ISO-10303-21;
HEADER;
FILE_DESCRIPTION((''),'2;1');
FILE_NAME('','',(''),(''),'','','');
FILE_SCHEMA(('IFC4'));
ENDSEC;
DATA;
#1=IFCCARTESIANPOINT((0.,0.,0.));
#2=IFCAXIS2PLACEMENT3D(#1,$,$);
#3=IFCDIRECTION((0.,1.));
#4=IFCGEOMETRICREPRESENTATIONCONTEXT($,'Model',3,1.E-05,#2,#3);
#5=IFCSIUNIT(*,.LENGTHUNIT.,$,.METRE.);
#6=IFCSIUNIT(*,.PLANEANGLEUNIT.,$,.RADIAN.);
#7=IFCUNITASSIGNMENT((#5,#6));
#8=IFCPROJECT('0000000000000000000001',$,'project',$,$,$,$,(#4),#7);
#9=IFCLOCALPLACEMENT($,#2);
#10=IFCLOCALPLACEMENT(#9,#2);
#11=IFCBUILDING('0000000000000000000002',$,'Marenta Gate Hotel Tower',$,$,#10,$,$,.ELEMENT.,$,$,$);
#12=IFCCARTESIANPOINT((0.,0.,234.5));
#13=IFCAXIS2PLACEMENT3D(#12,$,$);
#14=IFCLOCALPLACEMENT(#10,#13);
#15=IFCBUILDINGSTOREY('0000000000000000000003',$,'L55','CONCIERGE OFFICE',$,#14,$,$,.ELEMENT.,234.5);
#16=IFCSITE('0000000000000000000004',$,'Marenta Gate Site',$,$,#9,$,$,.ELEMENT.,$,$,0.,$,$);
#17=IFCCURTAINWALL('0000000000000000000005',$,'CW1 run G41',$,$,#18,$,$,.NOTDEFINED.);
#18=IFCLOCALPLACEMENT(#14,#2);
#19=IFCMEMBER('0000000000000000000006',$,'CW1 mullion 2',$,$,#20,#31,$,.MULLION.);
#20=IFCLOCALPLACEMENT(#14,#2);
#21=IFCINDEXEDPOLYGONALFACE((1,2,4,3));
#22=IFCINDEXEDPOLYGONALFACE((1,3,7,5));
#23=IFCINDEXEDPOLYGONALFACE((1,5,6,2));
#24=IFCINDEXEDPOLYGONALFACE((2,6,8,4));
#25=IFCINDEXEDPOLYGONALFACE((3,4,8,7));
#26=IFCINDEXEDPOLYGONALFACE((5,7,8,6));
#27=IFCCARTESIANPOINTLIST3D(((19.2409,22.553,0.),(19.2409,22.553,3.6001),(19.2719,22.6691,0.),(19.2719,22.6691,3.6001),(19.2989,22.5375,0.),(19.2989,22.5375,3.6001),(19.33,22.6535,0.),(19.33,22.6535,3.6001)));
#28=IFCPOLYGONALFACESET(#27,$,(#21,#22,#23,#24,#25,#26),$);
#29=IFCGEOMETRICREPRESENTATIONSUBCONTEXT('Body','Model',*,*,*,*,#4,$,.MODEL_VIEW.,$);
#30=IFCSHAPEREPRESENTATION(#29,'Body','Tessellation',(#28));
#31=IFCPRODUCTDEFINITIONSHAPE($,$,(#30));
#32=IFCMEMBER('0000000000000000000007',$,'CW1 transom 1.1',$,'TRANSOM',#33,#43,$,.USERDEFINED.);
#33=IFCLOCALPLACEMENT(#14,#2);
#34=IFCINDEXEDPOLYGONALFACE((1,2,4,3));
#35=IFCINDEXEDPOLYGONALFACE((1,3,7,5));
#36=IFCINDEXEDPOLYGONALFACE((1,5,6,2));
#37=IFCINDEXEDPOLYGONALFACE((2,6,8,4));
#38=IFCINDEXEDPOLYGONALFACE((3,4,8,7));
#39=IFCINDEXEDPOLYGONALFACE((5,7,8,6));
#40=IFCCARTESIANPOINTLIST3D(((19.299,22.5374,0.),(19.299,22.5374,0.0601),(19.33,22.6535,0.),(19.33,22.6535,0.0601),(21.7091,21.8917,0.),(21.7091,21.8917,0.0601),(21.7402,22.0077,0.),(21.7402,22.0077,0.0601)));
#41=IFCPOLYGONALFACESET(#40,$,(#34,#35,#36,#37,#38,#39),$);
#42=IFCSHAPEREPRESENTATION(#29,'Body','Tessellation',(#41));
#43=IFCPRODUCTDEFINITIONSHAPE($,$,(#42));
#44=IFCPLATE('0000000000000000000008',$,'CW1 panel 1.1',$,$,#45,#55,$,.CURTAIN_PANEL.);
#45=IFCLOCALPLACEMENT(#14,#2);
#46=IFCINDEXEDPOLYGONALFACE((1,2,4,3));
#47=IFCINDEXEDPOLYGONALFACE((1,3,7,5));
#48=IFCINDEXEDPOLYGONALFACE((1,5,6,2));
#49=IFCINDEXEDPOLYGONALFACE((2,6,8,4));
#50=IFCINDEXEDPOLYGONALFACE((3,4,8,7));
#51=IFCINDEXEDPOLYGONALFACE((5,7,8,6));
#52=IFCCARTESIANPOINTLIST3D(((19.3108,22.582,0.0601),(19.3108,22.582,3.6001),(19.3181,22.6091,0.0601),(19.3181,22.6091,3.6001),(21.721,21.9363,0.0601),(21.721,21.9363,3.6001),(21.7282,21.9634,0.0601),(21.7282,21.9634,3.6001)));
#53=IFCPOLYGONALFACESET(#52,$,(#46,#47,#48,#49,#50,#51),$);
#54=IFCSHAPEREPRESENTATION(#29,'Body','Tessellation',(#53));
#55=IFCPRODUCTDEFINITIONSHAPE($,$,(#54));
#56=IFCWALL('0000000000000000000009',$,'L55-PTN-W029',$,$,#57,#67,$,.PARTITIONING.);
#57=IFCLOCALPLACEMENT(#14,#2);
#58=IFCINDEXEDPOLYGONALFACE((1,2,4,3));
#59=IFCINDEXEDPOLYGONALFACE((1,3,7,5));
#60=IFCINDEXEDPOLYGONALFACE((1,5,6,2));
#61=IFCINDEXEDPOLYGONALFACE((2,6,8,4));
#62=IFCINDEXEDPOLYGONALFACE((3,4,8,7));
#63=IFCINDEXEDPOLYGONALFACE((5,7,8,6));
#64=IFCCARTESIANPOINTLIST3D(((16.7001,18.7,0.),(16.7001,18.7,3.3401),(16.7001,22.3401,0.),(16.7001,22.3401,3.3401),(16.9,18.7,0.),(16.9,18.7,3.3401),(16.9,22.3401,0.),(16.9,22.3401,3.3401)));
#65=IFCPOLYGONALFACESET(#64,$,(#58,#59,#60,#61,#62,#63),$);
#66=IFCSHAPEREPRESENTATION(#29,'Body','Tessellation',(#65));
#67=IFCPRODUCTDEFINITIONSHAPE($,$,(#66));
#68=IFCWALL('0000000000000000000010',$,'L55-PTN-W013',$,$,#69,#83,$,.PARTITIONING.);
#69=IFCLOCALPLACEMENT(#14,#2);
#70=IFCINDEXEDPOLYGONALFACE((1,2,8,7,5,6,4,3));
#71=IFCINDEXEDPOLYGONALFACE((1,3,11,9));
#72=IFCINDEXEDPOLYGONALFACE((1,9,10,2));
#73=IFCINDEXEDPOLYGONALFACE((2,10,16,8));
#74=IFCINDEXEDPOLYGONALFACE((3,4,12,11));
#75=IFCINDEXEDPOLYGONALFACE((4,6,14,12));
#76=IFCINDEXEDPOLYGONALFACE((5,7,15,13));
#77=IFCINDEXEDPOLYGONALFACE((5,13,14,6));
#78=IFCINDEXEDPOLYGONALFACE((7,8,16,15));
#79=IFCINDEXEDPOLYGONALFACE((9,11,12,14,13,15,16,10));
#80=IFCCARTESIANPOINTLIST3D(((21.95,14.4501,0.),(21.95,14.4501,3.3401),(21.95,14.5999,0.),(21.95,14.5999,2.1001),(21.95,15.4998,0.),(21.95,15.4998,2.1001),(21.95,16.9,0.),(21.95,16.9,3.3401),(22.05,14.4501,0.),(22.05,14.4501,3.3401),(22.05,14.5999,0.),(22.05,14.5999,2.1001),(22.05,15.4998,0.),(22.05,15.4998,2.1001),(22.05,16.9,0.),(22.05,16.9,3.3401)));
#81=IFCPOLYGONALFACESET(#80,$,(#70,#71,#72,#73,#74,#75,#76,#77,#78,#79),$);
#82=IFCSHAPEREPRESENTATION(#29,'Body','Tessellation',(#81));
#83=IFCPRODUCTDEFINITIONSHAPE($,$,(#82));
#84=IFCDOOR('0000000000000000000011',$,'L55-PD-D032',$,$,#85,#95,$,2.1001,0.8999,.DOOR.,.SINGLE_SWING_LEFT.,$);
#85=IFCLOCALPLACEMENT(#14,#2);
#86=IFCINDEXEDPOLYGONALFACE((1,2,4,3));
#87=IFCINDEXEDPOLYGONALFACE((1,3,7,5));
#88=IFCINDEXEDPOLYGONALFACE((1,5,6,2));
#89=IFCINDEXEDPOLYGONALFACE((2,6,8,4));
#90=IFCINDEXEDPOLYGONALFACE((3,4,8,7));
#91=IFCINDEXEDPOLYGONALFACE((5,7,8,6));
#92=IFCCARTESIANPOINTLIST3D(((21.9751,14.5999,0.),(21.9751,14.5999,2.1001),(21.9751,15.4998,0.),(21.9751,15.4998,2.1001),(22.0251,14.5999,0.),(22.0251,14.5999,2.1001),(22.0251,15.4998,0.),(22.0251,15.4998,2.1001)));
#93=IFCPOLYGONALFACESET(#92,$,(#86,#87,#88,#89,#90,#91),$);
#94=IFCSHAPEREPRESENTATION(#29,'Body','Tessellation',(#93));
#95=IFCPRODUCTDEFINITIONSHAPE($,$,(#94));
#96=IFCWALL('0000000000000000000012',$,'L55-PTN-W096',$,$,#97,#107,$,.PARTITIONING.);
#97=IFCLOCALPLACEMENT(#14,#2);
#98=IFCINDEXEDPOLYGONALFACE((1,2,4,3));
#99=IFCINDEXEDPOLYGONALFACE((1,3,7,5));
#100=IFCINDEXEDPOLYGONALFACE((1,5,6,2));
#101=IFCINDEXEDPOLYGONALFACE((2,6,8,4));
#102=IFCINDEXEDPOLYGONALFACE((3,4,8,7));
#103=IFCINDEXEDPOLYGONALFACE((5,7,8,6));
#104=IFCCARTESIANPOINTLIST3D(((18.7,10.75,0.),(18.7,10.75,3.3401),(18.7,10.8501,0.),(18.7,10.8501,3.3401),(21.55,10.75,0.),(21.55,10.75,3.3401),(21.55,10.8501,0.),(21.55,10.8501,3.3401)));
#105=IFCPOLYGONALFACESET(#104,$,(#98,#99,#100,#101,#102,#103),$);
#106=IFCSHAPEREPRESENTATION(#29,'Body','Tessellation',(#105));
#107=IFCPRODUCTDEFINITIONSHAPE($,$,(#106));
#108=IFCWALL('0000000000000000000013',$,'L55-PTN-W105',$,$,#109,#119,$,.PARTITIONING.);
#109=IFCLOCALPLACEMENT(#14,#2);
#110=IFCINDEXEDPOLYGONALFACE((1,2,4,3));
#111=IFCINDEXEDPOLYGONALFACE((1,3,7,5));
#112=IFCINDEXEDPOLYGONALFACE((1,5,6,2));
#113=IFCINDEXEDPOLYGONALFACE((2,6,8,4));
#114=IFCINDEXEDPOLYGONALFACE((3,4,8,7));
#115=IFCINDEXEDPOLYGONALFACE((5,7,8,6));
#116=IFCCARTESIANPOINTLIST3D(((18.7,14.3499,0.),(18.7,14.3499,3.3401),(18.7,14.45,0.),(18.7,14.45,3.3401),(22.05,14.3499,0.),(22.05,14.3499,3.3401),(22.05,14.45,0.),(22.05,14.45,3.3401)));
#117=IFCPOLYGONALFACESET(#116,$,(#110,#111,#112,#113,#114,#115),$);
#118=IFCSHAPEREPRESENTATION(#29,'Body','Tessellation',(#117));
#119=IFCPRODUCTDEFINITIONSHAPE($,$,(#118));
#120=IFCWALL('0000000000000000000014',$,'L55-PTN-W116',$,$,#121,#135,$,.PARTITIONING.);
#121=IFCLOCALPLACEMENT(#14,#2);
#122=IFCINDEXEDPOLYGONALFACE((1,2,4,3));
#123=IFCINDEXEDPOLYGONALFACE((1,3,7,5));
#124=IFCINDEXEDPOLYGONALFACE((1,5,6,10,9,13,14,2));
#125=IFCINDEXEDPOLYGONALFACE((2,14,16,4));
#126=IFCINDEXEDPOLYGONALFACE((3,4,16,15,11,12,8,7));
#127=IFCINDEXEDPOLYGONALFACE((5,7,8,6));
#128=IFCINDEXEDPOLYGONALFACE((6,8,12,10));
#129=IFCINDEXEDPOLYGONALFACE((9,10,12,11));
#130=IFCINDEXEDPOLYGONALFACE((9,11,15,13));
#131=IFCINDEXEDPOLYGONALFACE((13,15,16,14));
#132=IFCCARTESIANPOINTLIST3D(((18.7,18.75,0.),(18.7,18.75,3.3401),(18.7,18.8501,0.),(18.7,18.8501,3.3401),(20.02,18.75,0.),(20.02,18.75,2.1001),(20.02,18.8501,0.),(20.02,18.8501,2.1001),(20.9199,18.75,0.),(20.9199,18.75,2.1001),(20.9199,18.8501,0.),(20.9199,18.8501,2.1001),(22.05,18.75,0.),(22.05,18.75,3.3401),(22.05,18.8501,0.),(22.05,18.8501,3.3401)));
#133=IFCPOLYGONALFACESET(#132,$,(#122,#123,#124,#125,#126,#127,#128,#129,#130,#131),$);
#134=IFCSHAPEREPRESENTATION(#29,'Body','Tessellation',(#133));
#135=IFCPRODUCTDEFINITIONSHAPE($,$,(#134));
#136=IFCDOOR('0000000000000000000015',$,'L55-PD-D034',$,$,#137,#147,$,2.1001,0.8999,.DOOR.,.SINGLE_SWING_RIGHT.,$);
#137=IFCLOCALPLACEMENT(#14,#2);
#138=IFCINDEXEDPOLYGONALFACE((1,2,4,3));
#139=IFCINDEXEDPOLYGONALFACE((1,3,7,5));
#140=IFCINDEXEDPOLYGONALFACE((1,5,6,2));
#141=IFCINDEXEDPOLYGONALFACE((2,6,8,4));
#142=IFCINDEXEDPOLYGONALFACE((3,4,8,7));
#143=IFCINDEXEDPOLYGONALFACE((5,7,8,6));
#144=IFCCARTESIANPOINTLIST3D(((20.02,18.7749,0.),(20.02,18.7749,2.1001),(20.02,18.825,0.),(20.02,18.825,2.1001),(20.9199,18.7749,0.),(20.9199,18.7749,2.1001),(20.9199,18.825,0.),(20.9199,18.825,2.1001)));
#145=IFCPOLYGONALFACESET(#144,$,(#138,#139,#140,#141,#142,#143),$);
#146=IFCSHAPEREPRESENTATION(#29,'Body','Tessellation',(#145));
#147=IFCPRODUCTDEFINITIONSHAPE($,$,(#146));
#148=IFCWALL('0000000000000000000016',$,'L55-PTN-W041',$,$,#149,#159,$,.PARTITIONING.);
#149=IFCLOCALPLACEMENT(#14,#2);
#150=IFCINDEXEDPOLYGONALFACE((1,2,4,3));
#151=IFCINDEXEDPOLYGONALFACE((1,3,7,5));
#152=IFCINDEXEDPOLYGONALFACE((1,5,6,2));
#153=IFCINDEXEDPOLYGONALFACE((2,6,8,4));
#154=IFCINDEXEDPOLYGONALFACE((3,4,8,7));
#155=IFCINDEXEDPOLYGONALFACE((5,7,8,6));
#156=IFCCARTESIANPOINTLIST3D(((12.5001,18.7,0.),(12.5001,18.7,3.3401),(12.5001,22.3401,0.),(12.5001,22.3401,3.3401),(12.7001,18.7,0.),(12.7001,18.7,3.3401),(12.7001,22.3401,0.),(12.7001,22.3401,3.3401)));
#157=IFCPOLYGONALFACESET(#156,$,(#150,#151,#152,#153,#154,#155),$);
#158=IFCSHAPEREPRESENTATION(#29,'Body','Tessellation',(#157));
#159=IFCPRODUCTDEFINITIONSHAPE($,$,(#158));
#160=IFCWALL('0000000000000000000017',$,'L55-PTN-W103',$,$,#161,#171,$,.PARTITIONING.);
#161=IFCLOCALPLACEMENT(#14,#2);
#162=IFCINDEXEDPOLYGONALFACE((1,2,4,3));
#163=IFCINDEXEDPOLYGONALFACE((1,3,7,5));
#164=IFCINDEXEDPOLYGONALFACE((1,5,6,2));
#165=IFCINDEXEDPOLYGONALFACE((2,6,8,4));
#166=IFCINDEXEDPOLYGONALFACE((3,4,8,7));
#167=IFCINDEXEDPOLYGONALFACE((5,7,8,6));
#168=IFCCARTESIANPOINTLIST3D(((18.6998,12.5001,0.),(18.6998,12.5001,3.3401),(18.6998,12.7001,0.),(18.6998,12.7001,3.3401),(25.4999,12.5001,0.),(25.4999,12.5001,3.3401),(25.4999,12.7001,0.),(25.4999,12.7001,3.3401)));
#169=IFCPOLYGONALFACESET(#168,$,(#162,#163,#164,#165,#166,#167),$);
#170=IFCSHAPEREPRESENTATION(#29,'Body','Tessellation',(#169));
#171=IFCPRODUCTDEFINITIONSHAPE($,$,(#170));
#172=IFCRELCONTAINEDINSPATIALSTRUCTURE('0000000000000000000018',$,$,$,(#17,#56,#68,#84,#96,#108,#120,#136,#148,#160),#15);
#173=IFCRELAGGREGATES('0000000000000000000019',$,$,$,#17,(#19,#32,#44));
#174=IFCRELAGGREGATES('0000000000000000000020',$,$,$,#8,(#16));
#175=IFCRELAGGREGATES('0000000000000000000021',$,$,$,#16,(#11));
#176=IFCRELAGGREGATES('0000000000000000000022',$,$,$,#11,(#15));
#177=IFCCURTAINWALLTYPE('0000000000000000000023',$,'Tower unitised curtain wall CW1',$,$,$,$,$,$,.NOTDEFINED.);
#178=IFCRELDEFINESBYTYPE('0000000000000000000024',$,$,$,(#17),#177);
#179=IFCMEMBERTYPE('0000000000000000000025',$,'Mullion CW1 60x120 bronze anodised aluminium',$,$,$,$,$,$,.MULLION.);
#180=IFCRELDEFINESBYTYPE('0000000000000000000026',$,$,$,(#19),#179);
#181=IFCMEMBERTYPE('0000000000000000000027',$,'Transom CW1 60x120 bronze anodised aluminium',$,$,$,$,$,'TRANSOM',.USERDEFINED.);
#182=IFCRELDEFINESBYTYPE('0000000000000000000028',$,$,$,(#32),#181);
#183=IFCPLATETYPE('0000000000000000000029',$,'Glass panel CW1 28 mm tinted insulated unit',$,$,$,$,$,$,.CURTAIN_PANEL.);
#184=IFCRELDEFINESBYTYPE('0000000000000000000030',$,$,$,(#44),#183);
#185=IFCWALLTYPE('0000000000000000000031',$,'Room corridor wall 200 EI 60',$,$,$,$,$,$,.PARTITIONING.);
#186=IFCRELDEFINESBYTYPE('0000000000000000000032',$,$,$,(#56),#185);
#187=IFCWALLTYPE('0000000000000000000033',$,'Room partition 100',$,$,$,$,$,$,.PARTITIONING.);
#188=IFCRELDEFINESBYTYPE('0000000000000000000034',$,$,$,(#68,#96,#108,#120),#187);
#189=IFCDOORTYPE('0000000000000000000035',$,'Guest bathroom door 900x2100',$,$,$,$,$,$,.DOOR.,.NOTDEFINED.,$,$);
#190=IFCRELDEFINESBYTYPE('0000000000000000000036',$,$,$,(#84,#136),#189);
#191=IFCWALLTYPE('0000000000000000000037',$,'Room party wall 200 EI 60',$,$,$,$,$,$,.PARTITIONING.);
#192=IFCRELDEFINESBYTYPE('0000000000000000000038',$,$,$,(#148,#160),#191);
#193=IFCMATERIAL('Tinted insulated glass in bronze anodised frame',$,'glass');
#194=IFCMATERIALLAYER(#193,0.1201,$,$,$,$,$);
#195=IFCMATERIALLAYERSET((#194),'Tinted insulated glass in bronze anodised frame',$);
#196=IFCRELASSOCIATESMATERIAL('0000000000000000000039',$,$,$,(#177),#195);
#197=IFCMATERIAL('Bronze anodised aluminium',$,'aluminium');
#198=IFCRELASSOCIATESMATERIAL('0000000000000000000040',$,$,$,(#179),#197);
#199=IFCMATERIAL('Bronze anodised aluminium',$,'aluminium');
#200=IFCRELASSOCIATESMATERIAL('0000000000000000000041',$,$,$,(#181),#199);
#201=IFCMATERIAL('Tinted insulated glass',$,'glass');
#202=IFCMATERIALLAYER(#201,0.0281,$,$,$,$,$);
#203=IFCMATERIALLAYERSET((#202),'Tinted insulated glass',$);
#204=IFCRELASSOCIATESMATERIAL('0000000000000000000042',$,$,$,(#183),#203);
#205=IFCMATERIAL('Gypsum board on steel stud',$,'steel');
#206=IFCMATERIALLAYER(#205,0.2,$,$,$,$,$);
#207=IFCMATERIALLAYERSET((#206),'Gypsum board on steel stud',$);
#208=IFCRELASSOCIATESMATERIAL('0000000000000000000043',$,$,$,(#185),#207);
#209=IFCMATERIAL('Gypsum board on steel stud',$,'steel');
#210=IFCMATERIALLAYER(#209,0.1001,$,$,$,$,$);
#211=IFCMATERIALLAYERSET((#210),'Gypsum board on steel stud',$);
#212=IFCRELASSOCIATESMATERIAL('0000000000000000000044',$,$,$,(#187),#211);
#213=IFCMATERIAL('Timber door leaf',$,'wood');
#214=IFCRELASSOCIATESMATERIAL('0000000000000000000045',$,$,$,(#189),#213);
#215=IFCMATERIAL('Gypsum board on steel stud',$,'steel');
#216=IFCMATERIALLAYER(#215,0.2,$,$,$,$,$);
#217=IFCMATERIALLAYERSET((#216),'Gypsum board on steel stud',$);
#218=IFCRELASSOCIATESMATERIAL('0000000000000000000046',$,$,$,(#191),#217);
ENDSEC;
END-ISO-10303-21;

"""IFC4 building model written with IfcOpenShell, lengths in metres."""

from ifc_helpers import new_model, si_unit, direction, frame, frame_2d, origin, origin_2d, place, context, subcontext, project, spatial, rectangle, extrude, material, layer, layer_set, material_profile, profile_set, type_object, element, fill, aggregate, save


model = new_model("IFC4")

# Units and contexts
model_context = context("Model", 3, precision=1e-05, world=origin(), true_north=direction((0.0, 1.0)))
body_context = subcontext(model_context, "Body", "Model", "MODEL_VIEW")
ifc_project = project(units=[si_unit("LENGTHUNIT", "METRE"), si_unit("PLANEANGLEUNIT", "RADIAN")], contexts=[model_context])

# Site, building, storey
site_placement = place(None, origin())
site = spatial("IfcSite", under=ifc_project, at=site_placement, Name="Marenta Gate Site", CompositionType="ELEMENT", RefElevation=0.0)
building_placement = place(site_placement, origin())
building = spatial("IfcBuilding", under=site, at=building_placement, Name="Marenta Gate Hotel Tower", CompositionType="ELEMENT")
storey_placement = place(building_placement, frame((0.0, 0.0, 234.5)))
storey = spatial("IfcBuildingStorey", under=building, at=storey_placement, Name="L55", Description="CONCIERGE OFFICE", CompositionType="ELEMENT", Elevation=234.5)

# Curtain wall, members, plate
ifc_material_1 = material(Name="Tinted insulated glass in bronze anodised frame", Category="glass")
ifc_layer_1 = layer(ifc_material_1, 0.1201)
ifc_layer_set_1 = layer_set([ifc_layer_1], Name="Tinted insulated glass in bronze anodised frame")
curtain_wall_type = type_object("IfcCurtainWallType", Name="Tower unitised curtain wall CW1", PredefinedType="NOTDEFINED", material=ifc_layer_set_1)
curtain_wall_placement = place(storey_placement, origin())
curtain_wall = element("IfcCurtainWall", 1, at=curtain_wall_placement, inside=storey, type_object=curtain_wall_type, Name="CW1 run G41", PredefinedType="NOTDEFINED")
ifc_material_2 = material(Name="Bronze anodised aluminium", Category="aluminium")
ifc_material_profile_1 = material_profile(ifc_material_2, rectangle(XDim=0.1201, YDim=0.0601, at=origin_2d()), Name="Mullion CW1 60x120 bronze anodised aluminium")
ifc_profile_set_1 = profile_set([ifc_material_profile_1], Name="Bronze anodised aluminium")
member_type_1 = type_object("IfcMemberType", Name="Mullion CW1 60x120 bronze anodised aluminium", PredefinedType="MULLION", material=ifc_profile_set_1)
member_1_placement = place(storey_placement, frame((19.2854, 22.6033, 0.0), z_axis=(0.0, 0.0, 1.0), x_axis=(-0.258805, -0.96593, 0.0)))
member_1 = element("IfcMember", 2, at=member_1_placement, type_object=member_type_1, Name="CW1 mullion 2", PredefinedType="MULLION", context=body_context, shape_type="SweptSolid", body=[
    extrude(rectangle(XDim=0.1201, YDim=0.0601, at=origin_2d()), origin(), (0.0, 0.0, 1.0), 3.6001),
])
ifc_material_3 = material(Name="Bronze anodised aluminium", Category="aluminium")
ifc_material_profile_2 = material_profile(ifc_material_3, rectangle(XDim=0.1201, YDim=0.0601, at=origin_2d()), Name="Transom CW1 60x120 bronze anodised aluminium")
ifc_profile_set_2 = profile_set([ifc_material_profile_2], Name="Bronze anodised aluminium")
member_type_2 = type_object("IfcMemberType", Name="Transom CW1 60x120 bronze anodised aluminium", ElementType="TRANSOM", PredefinedType="USERDEFINED", material=ifc_profile_set_2)
member_2_placement = place(storey_placement, frame((21.7246, 21.9497, 0.03), z_axis=(-0.965931, 0.258801, 0.0), x_axis=(-0.258801, -0.965931, 0.0)))
member_2 = element("IfcMember", 3, at=member_2_placement, type_object=member_type_2, Name="CW1 transom 1.1", ObjectType="TRANSOM", PredefinedType="USERDEFINED", context=body_context, shape_type="SweptSolid", body=[
    extrude(rectangle(XDim=0.1201, YDim=0.0601, at=origin_2d()), origin(), (0.0, 0.0, 1.0), 2.4951),
])
ifc_material_4 = material(Name="Tinted insulated glass", Category="glass")
ifc_layer_2 = layer(ifc_material_4, 0.0281)
ifc_layer_set_2 = layer_set([ifc_layer_2], Name="Tinted insulated glass")
plate_type = type_object("IfcPlateType", Name="Glass panel CW1 28 mm tinted insulated unit", PredefinedType="CURTAIN_PANEL", material=ifc_layer_set_2)
plate_placement = place(storey_placement, frame((20.5195, 22.2727, 0.0601), z_axis=(0.0, 0.0, 1.0), x_axis=(-0.96593, 0.258805, 0.0)))
plate = element("IfcPlate", 4, at=plate_placement, type_object=plate_type, Name="CW1 panel 1.1", PredefinedType="CURTAIN_PANEL", context=body_context, shape_type="SweptSolid", body=[
    extrude(rectangle(XDim=2.4951, YDim=0.0281, at=origin_2d()), origin(), (0.0, 0.0, 1.0), 3.54),
])
aggregate(curtain_wall, [member_1, member_2, plate])

# Wall
ifc_material_5 = material(Name="Gypsum board on steel stud", Category="steel")
ifc_layer_3 = layer(ifc_material_5, 0.2)
ifc_layer_set_3 = layer_set([ifc_layer_3], Name="Gypsum board on steel stud")
wall_type_1 = type_object("IfcWallType", Name="Room corridor wall 200 EI 60", PredefinedType="PARTITIONING", material=ifc_layer_set_3)
wall_1_placement = place(storey_placement, frame((16.8, 18.7, 0.0), z_axis=(0.0, 0.0, 1.0), x_axis=(0.0, 1.0, 0.0)))
element("IfcWall", 5, at=wall_1_placement, inside=storey, type_object=wall_type_1, Name="L55-PTN-W029", PredefinedType="PARTITIONING", context=body_context, shape_type="SweptSolid", body=[
    extrude(rectangle(XDim=3.6401, YDim=0.2, at=frame_2d((1.8201, 0.0))), origin(), (0.0, 0.0, 1.0), 3.3401),
])

# Wall, opening, door
ifc_material_6 = material(Name="Gypsum board on steel stud", Category="steel")
ifc_layer_4 = layer(ifc_material_6, 0.1001)
ifc_layer_set_4 = layer_set([ifc_layer_4], Name="Gypsum board on steel stud")
wall_type_2 = type_object("IfcWallType", Name="Room partition 100", PredefinedType="PARTITIONING", material=ifc_layer_set_4)
wall_2_placement = place(storey_placement, frame((22.0, 14.45, 0.0), z_axis=(0.0, 0.0, 1.0), x_axis=(0.0, 1.0, 0.0)))
wall_2 = element("IfcWall", 6, at=wall_2_placement, inside=storey, type_object=wall_type_2, Name="L55-PTN-W013", PredefinedType="PARTITIONING", context=body_context, shape_type="SweptSolid", body=[
    extrude(rectangle(XDim=2.45, YDim=0.1001, at=frame_2d((1.2251, 0.0))), origin(), (0.0, 0.0, 1.0), 3.3401),
])
opening_1_placement = place(wall_2_placement, frame((0.1499, 0.0, 0.0)))
opening_1 = element("IfcOpeningElement", 7, at=opening_1_placement, cuts=wall_2, PredefinedType="OPENING", context=body_context, shape_type="SweptSolid", body=[
    extrude(rectangle(XDim=0.8999, YDim=2.1001, at=frame_2d((0.45, 1.05))), frame((0.0, 0.05, 0.0), z_axis=(0.0, -1.0, 0.0), x_axis=(1.0, 0.0, 0.0)), (0.0, 0.0, 1.0), 0.1001),
])
ifc_material_7 = material(Name="Timber door leaf", Category="wood")
door_type = type_object("IfcDoorType", Name="Guest bathroom door 900x2100", OperationType="NOTDEFINED", PredefinedType="DOOR", material=ifc_material_7)
door_1_placement = place(opening_1_placement, origin())
door_1 = element("IfcDoor", 8, at=door_1_placement, inside=storey, type_object=door_type, Name="L55-PD-D032", OperationType="SINGLE_SWING_LEFT", OverallHeight=2.1001, OverallWidth=0.8999, PredefinedType="DOOR", context=body_context, shape_type="SweptSolid", body=[
    extrude(rectangle(XDim=0.8999, YDim=2.1001, at=frame_2d((0.45, 1.05))), frame((0.0, 0.0249, 0.0), z_axis=(0.0, -1.0, 0.0), x_axis=(1.0, 0.0, 0.0)), (0.0, 0.0, 1.0), 0.05),
])
fill(opening_1, door_1)

# Walls
wall_3_placement = place(storey_placement, frame((18.7, 10.8, 0.0), z_axis=(0.0, 0.0, 1.0), x_axis=(1.0, 0.0, 0.0)))
element("IfcWall", 9, at=wall_3_placement, inside=storey, type_object=wall_type_2, Name="L55-PTN-W096", PredefinedType="PARTITIONING", context=body_context, shape_type="SweptSolid", body=[
    extrude(rectangle(XDim=2.8501, YDim=0.1001, at=frame_2d((1.425, 0.0))), origin(), (0.0, 0.0, 1.0), 3.3401),
])
wall_4_placement = place(storey_placement, frame((18.7, 14.3999, 0.0), z_axis=(0.0, 0.0, 1.0), x_axis=(1.0, 0.0, 0.0)))
element("IfcWall", 10, at=wall_4_placement, inside=storey, type_object=wall_type_2, Name="L55-PTN-W105", PredefinedType="PARTITIONING", context=body_context, shape_type="SweptSolid", body=[
    extrude(rectangle(XDim=3.3501, YDim=0.1001, at=frame_2d((1.675, 0.0))), origin(), (0.0, 0.0, 1.0), 3.3401),
])

# Wall, opening, door
wall_5_placement = place(storey_placement, frame((18.7, 18.8, 0.0), z_axis=(0.0, 0.0, 1.0), x_axis=(1.0, 0.0, 0.0)))
wall_5 = element("IfcWall", 11, at=wall_5_placement, inside=storey, type_object=wall_type_2, Name="L55-PTN-W116", PredefinedType="PARTITIONING", context=body_context, shape_type="SweptSolid", body=[
    extrude(rectangle(XDim=3.3501, YDim=0.1001, at=frame_2d((1.675, 0.0))), origin(), (0.0, 0.0, 1.0), 3.3401),
])
opening_2_placement = place(wall_5_placement, frame((1.3201, 0.0, 0.0)))
opening_2 = element("IfcOpeningElement", 12, at=opening_2_placement, cuts=wall_5, PredefinedType="OPENING", context=body_context, shape_type="SweptSolid", body=[
    extrude(rectangle(XDim=0.8999, YDim=2.1001, at=frame_2d((0.45, 1.05))), frame((0.0, 0.05, 0.0), z_axis=(0.0, -1.0, 0.0), x_axis=(1.0, 0.0, 0.0)), (0.0, 0.0, 1.0), 0.1001),
])
door_2_placement = place(opening_2_placement, origin())
door_2 = element("IfcDoor", 13, at=door_2_placement, inside=storey, type_object=door_type, Name="L55-PD-D034", OperationType="SINGLE_SWING_RIGHT", OverallHeight=2.1001, OverallWidth=0.8999, PredefinedType="DOOR", context=body_context, shape_type="SweptSolid", body=[
    extrude(rectangle(XDim=0.8999, YDim=2.1001, at=frame_2d((0.45, 1.05))), frame((0.0, 0.0249, 0.0), z_axis=(0.0, -1.0, 0.0), x_axis=(1.0, 0.0, 0.0)), (0.0, 0.0, 1.0), 0.05),
])
fill(opening_2, door_2)

# Walls
ifc_material_8 = material(Name="Gypsum board on steel stud", Category="steel")
ifc_layer_5 = layer(ifc_material_8, 0.2)
ifc_layer_set_5 = layer_set([ifc_layer_5], Name="Gypsum board on steel stud")
wall_type_3 = type_object("IfcWallType", Name="Room party wall 200 EI 60", PredefinedType="PARTITIONING", material=ifc_layer_set_5)
wall_6_placement = place(storey_placement, frame((12.6001, 18.7, 0.0), z_axis=(0.0, 0.0, 1.0), x_axis=(0.0, 1.0, 0.0)))
element("IfcWall", 14, at=wall_6_placement, inside=storey, type_object=wall_type_3, Name="L55-PTN-W041", PredefinedType="PARTITIONING", context=body_context, shape_type="SweptSolid", body=[
    extrude(rectangle(XDim=3.6401, YDim=0.2, at=frame_2d((1.8201, 0.0))), origin(), (0.0, 0.0, 1.0), 3.3401),
])
wall_7_placement = place(storey_placement, frame((18.7, 12.6001, 0.0), z_axis=(0.0, 0.0, 1.0), x_axis=(1.0, 0.0, 0.0)))
element("IfcWall", 15, at=wall_7_placement, inside=storey, type_object=wall_type_3, Name="L55-PTN-W103", PredefinedType="PARTITIONING", context=body_context, shape_type="SweptSolid", body=[
    extrude(rectangle(XDim=6.8, YDim=0.2, at=frame_2d((3.3999, 0.0))), origin(), (0.0, 0.0, 1.0), 3.3401),
])

save(model, "model.ifc")
